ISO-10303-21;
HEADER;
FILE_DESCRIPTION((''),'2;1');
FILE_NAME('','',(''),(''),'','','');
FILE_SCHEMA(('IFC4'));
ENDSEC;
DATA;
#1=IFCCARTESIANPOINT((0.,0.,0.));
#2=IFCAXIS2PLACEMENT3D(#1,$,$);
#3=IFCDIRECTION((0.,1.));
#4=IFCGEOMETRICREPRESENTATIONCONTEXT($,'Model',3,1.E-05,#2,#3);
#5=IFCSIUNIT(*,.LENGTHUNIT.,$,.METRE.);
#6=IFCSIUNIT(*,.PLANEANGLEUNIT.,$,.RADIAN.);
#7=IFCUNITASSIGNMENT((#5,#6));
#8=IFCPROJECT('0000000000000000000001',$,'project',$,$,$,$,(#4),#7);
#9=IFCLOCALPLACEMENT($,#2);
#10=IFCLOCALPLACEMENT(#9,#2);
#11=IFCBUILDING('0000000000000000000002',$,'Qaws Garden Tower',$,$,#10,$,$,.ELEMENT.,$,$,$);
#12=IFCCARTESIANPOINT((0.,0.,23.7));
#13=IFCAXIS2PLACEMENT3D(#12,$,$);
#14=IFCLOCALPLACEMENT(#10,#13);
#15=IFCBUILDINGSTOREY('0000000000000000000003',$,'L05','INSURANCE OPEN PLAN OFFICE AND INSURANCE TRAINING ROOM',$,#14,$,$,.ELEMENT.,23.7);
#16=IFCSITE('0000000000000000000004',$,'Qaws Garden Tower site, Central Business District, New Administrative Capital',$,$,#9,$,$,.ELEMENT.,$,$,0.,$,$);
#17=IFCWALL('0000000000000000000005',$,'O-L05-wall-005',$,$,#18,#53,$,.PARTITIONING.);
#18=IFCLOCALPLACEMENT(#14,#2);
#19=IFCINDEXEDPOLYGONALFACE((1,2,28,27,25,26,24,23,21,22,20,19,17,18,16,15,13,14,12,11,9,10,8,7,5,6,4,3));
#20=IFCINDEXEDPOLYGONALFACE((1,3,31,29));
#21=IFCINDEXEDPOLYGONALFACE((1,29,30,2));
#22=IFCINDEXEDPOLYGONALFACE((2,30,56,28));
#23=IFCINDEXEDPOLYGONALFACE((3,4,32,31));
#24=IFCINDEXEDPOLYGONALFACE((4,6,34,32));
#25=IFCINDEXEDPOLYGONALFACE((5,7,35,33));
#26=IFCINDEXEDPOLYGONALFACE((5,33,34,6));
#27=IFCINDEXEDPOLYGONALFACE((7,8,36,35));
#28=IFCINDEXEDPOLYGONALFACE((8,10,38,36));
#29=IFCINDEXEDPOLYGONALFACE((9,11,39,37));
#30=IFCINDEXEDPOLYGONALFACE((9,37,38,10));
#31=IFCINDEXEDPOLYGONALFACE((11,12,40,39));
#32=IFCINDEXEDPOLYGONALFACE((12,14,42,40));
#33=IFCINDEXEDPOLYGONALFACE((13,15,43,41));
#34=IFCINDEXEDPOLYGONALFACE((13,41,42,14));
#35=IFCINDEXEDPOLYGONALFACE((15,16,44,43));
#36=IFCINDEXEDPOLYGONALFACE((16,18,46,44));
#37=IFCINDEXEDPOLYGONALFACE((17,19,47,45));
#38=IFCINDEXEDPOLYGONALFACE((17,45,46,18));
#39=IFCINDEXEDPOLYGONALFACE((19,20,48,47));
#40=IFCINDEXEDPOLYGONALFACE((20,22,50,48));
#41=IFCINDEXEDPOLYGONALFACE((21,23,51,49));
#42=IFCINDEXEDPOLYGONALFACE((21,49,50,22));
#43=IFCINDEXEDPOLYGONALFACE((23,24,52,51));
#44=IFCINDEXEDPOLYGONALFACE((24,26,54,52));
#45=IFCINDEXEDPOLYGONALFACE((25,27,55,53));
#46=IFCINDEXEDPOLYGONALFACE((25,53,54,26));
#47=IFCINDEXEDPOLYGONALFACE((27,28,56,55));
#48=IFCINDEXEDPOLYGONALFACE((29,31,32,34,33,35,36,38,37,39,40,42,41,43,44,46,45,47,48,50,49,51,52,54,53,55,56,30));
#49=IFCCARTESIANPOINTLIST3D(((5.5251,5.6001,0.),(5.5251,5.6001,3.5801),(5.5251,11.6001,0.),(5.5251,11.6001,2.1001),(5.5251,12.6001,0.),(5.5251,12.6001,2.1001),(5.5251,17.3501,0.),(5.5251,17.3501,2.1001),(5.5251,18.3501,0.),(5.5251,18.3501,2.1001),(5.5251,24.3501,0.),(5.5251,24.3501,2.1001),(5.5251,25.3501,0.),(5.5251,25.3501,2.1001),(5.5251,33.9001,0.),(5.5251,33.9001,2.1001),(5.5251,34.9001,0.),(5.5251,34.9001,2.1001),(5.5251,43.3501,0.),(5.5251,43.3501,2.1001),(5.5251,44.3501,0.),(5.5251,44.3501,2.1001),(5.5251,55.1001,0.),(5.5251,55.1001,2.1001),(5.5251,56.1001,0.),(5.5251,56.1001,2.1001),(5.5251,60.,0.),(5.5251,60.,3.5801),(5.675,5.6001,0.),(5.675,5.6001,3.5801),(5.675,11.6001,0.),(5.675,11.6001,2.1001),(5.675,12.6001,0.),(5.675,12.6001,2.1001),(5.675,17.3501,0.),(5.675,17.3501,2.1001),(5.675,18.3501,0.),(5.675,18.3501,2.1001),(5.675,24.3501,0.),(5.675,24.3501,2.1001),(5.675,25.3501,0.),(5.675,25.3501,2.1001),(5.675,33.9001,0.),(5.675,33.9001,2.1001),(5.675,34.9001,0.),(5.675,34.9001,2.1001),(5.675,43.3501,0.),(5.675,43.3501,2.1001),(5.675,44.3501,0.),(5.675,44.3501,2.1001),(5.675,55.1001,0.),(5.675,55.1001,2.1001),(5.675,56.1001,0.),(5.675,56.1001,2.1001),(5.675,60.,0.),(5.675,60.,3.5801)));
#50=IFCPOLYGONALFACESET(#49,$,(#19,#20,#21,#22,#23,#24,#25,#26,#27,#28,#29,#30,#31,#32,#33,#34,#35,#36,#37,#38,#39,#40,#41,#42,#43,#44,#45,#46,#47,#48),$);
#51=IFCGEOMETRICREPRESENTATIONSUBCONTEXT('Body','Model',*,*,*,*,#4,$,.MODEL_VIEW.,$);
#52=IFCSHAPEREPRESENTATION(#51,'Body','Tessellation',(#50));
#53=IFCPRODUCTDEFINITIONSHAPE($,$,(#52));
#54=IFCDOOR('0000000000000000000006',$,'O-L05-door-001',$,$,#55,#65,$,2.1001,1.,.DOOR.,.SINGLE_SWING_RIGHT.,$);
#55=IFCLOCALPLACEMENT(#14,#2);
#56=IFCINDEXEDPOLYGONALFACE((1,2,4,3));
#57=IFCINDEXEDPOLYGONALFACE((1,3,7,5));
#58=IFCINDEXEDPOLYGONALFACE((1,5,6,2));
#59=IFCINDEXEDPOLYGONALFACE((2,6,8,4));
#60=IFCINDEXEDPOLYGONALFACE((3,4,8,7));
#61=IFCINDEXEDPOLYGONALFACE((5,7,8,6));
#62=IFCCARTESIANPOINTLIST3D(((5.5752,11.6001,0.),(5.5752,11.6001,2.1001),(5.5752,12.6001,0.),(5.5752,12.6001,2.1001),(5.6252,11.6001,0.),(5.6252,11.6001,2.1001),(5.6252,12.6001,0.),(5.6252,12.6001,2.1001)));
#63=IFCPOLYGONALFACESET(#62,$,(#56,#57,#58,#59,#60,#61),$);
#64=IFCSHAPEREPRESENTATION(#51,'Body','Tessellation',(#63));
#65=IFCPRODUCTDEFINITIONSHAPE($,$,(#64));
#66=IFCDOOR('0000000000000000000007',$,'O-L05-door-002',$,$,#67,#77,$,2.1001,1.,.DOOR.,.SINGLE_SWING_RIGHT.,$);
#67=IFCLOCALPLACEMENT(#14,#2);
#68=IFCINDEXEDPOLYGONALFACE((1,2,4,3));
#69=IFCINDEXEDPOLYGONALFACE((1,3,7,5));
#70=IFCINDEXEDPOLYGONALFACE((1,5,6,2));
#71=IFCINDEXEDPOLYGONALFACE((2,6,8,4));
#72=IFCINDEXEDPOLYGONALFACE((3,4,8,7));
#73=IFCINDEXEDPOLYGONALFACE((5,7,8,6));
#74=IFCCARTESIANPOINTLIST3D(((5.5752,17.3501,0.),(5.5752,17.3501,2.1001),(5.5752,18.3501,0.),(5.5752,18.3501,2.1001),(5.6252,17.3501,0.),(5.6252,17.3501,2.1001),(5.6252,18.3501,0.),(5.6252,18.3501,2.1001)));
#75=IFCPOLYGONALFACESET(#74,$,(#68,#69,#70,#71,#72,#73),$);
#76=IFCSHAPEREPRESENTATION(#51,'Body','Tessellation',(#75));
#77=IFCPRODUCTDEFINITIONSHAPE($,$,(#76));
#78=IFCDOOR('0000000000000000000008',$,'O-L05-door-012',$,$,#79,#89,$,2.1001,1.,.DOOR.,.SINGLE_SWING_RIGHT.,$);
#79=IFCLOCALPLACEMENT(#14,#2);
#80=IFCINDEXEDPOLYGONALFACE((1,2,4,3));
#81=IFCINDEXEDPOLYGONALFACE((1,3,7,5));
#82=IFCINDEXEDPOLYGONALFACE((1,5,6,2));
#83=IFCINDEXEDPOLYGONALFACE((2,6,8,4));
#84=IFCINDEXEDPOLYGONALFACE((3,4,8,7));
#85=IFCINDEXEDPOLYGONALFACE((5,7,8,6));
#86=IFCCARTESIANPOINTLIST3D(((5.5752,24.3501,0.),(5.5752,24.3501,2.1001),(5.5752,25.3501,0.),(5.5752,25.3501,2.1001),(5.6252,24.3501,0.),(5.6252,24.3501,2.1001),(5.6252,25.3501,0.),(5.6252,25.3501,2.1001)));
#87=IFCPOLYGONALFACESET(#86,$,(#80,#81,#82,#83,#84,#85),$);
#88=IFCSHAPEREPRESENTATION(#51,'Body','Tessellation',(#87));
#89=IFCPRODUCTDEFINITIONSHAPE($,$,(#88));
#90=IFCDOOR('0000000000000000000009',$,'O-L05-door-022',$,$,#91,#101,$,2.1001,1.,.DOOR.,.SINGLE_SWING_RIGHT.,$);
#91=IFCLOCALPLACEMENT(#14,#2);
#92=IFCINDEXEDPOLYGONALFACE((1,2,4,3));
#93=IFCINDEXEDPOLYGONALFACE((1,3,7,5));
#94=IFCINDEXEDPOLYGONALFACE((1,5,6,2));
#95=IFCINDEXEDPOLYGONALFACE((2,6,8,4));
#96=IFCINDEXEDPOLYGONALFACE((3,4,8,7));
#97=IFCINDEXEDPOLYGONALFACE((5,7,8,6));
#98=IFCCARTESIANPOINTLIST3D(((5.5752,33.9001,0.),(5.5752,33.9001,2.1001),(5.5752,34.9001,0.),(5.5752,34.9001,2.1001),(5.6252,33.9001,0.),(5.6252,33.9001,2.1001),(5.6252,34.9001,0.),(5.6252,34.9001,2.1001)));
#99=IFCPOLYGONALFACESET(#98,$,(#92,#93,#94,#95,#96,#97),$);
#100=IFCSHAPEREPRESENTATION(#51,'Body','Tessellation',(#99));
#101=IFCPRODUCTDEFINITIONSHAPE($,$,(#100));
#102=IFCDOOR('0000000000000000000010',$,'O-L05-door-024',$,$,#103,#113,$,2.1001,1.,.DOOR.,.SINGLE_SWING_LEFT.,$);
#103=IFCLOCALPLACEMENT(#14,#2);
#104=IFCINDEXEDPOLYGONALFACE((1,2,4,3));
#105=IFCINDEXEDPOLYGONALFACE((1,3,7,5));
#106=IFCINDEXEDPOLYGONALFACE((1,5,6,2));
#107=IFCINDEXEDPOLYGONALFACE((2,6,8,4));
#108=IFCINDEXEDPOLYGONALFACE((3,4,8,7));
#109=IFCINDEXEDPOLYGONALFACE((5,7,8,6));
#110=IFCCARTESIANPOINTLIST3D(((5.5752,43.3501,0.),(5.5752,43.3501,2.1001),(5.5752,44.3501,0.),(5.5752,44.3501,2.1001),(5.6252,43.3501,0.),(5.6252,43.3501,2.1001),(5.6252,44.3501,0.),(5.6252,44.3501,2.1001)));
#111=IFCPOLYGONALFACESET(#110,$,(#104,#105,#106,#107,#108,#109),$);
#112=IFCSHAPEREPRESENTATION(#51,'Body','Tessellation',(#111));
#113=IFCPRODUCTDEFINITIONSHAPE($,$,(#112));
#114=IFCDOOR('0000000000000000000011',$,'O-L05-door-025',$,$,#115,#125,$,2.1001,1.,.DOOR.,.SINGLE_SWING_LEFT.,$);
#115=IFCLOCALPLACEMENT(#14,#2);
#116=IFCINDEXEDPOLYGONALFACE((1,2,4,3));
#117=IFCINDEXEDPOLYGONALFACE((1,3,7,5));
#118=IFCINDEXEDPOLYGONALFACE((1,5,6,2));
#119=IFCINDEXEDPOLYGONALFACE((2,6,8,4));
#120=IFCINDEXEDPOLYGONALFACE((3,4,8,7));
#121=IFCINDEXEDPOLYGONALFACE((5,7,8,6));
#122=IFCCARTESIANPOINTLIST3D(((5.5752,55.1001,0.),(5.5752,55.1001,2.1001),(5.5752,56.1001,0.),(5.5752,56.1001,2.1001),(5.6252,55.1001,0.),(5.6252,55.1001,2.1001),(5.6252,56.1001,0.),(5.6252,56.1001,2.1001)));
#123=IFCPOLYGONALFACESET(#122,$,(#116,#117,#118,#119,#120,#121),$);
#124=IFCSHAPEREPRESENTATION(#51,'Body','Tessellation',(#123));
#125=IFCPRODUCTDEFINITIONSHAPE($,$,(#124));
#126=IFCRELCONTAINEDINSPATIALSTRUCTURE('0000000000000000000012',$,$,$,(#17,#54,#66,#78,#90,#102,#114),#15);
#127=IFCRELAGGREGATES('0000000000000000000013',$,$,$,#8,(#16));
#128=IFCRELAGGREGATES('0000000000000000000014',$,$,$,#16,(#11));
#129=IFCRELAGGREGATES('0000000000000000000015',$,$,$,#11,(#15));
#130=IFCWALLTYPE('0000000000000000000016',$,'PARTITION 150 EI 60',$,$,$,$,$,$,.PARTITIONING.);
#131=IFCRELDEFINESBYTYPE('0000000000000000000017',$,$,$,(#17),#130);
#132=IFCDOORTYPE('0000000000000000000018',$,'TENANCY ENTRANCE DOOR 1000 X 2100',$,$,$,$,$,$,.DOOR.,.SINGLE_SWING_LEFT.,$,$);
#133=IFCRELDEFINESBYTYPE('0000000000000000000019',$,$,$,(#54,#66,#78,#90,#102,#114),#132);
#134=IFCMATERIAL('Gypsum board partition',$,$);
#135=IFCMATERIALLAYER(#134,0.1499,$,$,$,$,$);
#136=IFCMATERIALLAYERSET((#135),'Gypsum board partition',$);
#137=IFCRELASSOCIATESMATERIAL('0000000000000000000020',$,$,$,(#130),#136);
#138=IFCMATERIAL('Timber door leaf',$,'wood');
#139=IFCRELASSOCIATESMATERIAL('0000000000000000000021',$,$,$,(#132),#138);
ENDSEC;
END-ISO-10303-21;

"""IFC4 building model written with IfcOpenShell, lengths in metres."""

from ifc_helpers import new_model, si_unit, direction, frame, frame_2d, origin, place, context, subcontext, project, spatial, rectangle, extrude, material, layer, layer_set, type_object, element, fill, save


model = new_model("IFC4")

# Units and contexts
model_context = context("Model", 3, precision=1e-05, world=origin(), true_north=direction((0.0, 1.0)))
body_context = subcontext(model_context, "Body", "Model", "MODEL_VIEW")
ifc_project = project(units=[si_unit("LENGTHUNIT", "METRE"), si_unit("PLANEANGLEUNIT", "RADIAN")], contexts=[model_context])

# Site, building, storey
site_placement = place(None, origin())
site = spatial("IfcSite", under=ifc_project, at=site_placement, Name="Qaws Garden Tower site, Central Business District, New Administrative Capital", CompositionType="ELEMENT", RefElevation=0.0)
building_placement = place(site_placement, origin())
building = spatial("IfcBuilding", under=site, at=building_placement, Name="Qaws Garden Tower", CompositionType="ELEMENT")
storey_placement = place(building_placement, frame((0.0, 0.0, 23.7)))
storey = spatial("IfcBuildingStorey", under=building, at=storey_placement, Name="L05", Description="INSURANCE OPEN PLAN OFFICE AND INSURANCE TRAINING ROOM", CompositionType="ELEMENT", Elevation=23.7)

# Wall, openings, doors
ifc_material_1 = material(Name="Gypsum board partition")
ifc_layer_1 = layer(ifc_material_1, 0.1499)
ifc_layer_set_1 = layer_set([ifc_layer_1], Name="Gypsum board partition")
wall_type_1 = type_object("IfcWallType", Name="PARTITION 150 EI 60", PredefinedType="PARTITIONING", material=ifc_layer_set_1)
wall_1_placement = place(storey_placement, frame((5.6001, 5.6001, 0.0), z_axis=(0.0, 0.0, 1.0), x_axis=(0.0, 1.0, 0.0)))
wall_1 = element("IfcWall", 1, at=wall_1_placement, inside=storey, type_object=wall_type_1, Name="O-L05-wall-005", PredefinedType="PARTITIONING", context=body_context, shape_type="SweptSolid", body=[
    extrude(rectangle(XDim=54.3999, YDim=0.1499, at=frame_2d((27.2, 0.0))), origin(), (0.0, 0.0, 1.0), 3.5801),
])
opening_1_placement = place(wall_1_placement, frame((6.0, 0.0, 0.0)))
opening_1 = element("IfcOpeningElement", 2, at=opening_1_placement, cuts=wall_1, PredefinedType="OPENING", context=body_context, shape_type="SweptSolid", body=[
    extrude(rectangle(XDim=1.0, YDim=2.1001, at=frame_2d((0.5, 1.05))), frame((0.0, 0.085, 0.0), z_axis=(0.0, -1.0, 0.0), x_axis=(1.0, 0.0, 0.0)), (0.0, 0.0, 1.0), 0.1699),
])
opening_2_placement = place(wall_1_placement, frame((11.75, 0.0, 0.0)))
opening_2 = element("IfcOpeningElement", 3, at=opening_2_placement, cuts=wall_1, PredefinedType="OPENING", context=body_context, shape_type="SweptSolid", body=[
    extrude(rectangle(XDim=1.0, YDim=2.1001, at=frame_2d((0.5, 1.05))), frame((0.0, 0.085, 0.0), z_axis=(0.0, -1.0, 0.0), x_axis=(1.0, 0.0, 0.0)), (0.0, 0.0, 1.0), 0.1699),
])
opening_3_placement = place(wall_1_placement, frame((18.75, 0.0, 0.0)))
opening_3 = element("IfcOpeningElement", 4, at=opening_3_placement, cuts=wall_1, PredefinedType="OPENING", context=body_context, shape_type="SweptSolid", body=[
    extrude(rectangle(XDim=1.0, YDim=2.1001, at=frame_2d((0.5, 1.05))), frame((0.0, 0.085, 0.0), z_axis=(0.0, -1.0, 0.0), x_axis=(1.0, 0.0, 0.0)), (0.0, 0.0, 1.0), 0.1699),
])
opening_4_placement = place(wall_1_placement, frame((28.3, 0.0, 0.0)))
opening_4 = element("IfcOpeningElement", 5, at=opening_4_placement, cuts=wall_1, PredefinedType="OPENING", context=body_context, shape_type="SweptSolid", body=[
    extrude(rectangle(XDim=1.0, YDim=2.1001, at=frame_2d((0.5, 1.05))), frame((0.0, 0.085, 0.0), z_axis=(0.0, -1.0, 0.0), x_axis=(1.0, 0.0, 0.0)), (0.0, 0.0, 1.0), 0.1699),
])
opening_5_placement = place(wall_1_placement, frame((37.75, 0.0, 0.0)))
opening_5 = element("IfcOpeningElement", 6, at=opening_5_placement, cuts=wall_1, PredefinedType="OPENING", context=body_context, shape_type="SweptSolid", body=[
    extrude(rectangle(XDim=1.0, YDim=2.1001, at=frame_2d((0.5, 1.05))), frame((0.0, 0.085, 0.0), z_axis=(0.0, -1.0, 0.0), x_axis=(1.0, 0.0, 0.0)), (0.0, 0.0, 1.0), 0.1699),
])
opening_6_placement = place(wall_1_placement, frame((49.5, 0.0, 0.0)))
opening_6 = element("IfcOpeningElement", 7, at=opening_6_placement, cuts=wall_1, PredefinedType="OPENING", context=body_context, shape_type="SweptSolid", body=[
    extrude(rectangle(XDim=1.0, YDim=2.1001, at=frame_2d((0.5, 1.05))), frame((0.0, 0.085, 0.0), z_axis=(0.0, -1.0, 0.0), x_axis=(1.0, 0.0, 0.0)), (0.0, 0.0, 1.0), 0.1699),
])
ifc_material_2 = material(Name="Timber door leaf", Category="wood")
door_type_1 = type_object("IfcDoorType", Name="TENANCY ENTRANCE DOOR 1000 X 2100", OperationType="SINGLE_SWING_LEFT", PredefinedType="DOOR", material=ifc_material_2)
door_1_placement = place(opening_1_placement, origin())
door_1 = element("IfcDoor", 8, at=door_1_placement, inside=storey, type_object=door_type_1, Name="O-L05-door-001", OperationType="SINGLE_SWING_RIGHT", OverallHeight=2.1001, OverallWidth=1.0, PredefinedType="DOOR", context=body_context, shape_type="SweptSolid", body=[
    extrude(rectangle(XDim=1.0, YDim=2.1001, at=frame_2d((0.5, 1.05))), frame((0.0, 0.0249, 0.0), z_axis=(0.0, -1.0, 0.0), x_axis=(1.0, 0.0, 0.0)), (0.0, 0.0, 1.0), 0.05),
])
fill(opening_1, door_1)
door_2_placement = place(opening_2_placement, origin())
door_2 = element("IfcDoor", 9, at=door_2_placement, inside=storey, type_object=door_type_1, Name="O-L05-door-002", OperationType="SINGLE_SWING_RIGHT", OverallHeight=2.1001, OverallWidth=1.0, PredefinedType="DOOR", context=body_context, shape_type="SweptSolid", body=[
    extrude(rectangle(XDim=1.0, YDim=2.1001, at=frame_2d((0.5, 1.05))), frame((0.0, 0.0249, 0.0), z_axis=(0.0, -1.0, 0.0), x_axis=(1.0, 0.0, 0.0)), (0.0, 0.0, 1.0), 0.05),
])
fill(opening_2, door_2)
door_3_placement = place(opening_3_placement, origin())
door_3 = element("IfcDoor", 10, at=door_3_placement, inside=storey, type_object=door_type_1, Name="O-L05-door-012", OperationType="SINGLE_SWING_RIGHT", OverallHeight=2.1001, OverallWidth=1.0, PredefinedType="DOOR", context=body_context, shape_type="SweptSolid", body=[
    extrude(rectangle(XDim=1.0, YDim=2.1001, at=frame_2d((0.5, 1.05))), frame((0.0, 0.0249, 0.0), z_axis=(0.0, -1.0, 0.0), x_axis=(1.0, 0.0, 0.0)), (0.0, 0.0, 1.0), 0.05),
])
fill(opening_3, door_3)
door_4_placement = place(opening_4_placement, origin())
door_4 = element("IfcDoor", 11, at=door_4_placement, inside=storey, type_object=door_type_1, Name="O-L05-door-022", OperationType="SINGLE_SWING_RIGHT", OverallHeight=2.1001, OverallWidth=1.0, PredefinedType="DOOR", context=body_context, shape_type="SweptSolid", body=[
    extrude(rectangle(XDim=1.0, YDim=2.1001, at=frame_2d((0.5, 1.05))), frame((0.0, 0.0249, 0.0), z_axis=(0.0, -1.0, 0.0), x_axis=(1.0, 0.0, 0.0)), (0.0, 0.0, 1.0), 0.05),
])
fill(opening_4, door_4)
door_5_placement = place(opening_5_placement, origin())
door_5 = element("IfcDoor", 12, at=door_5_placement, inside=storey, type_object=door_type_1, Name="O-L05-door-024", OperationType="SINGLE_SWING_LEFT", OverallHeight=2.1001, OverallWidth=1.0, PredefinedType="DOOR", context=body_context, shape_type="SweptSolid", body=[
    extrude(rectangle(XDim=1.0, YDim=2.1001, at=frame_2d((0.5, 1.05))), frame((0.0, 0.0249, 0.0), z_axis=(0.0, -1.0, 0.0), x_axis=(1.0, 0.0, 0.0)), (0.0, 0.0, 1.0), 0.05),
])
fill(opening_5, door_5)
door_6_placement = place(opening_6_placement, origin())
door_6 = element("IfcDoor", 13, at=door_6_placement, inside=storey, type_object=door_type_1, Name="O-L05-door-025", OperationType="SINGLE_SWING_LEFT", OverallHeight=2.1001, OverallWidth=1.0, PredefinedType="DOOR", context=body_context, shape_type="SweptSolid", body=[
    extrude(rectangle(XDim=1.0, YDim=2.1001, at=frame_2d((0.5, 1.05))), frame((0.0, 0.0249, 0.0), z_axis=(0.0, -1.0, 0.0), x_axis=(1.0, 0.0, 0.0)), (0.0, 0.0, 1.0), 0.05),
])
fill(opening_6, door_6)

save(model, "model.ifc")
